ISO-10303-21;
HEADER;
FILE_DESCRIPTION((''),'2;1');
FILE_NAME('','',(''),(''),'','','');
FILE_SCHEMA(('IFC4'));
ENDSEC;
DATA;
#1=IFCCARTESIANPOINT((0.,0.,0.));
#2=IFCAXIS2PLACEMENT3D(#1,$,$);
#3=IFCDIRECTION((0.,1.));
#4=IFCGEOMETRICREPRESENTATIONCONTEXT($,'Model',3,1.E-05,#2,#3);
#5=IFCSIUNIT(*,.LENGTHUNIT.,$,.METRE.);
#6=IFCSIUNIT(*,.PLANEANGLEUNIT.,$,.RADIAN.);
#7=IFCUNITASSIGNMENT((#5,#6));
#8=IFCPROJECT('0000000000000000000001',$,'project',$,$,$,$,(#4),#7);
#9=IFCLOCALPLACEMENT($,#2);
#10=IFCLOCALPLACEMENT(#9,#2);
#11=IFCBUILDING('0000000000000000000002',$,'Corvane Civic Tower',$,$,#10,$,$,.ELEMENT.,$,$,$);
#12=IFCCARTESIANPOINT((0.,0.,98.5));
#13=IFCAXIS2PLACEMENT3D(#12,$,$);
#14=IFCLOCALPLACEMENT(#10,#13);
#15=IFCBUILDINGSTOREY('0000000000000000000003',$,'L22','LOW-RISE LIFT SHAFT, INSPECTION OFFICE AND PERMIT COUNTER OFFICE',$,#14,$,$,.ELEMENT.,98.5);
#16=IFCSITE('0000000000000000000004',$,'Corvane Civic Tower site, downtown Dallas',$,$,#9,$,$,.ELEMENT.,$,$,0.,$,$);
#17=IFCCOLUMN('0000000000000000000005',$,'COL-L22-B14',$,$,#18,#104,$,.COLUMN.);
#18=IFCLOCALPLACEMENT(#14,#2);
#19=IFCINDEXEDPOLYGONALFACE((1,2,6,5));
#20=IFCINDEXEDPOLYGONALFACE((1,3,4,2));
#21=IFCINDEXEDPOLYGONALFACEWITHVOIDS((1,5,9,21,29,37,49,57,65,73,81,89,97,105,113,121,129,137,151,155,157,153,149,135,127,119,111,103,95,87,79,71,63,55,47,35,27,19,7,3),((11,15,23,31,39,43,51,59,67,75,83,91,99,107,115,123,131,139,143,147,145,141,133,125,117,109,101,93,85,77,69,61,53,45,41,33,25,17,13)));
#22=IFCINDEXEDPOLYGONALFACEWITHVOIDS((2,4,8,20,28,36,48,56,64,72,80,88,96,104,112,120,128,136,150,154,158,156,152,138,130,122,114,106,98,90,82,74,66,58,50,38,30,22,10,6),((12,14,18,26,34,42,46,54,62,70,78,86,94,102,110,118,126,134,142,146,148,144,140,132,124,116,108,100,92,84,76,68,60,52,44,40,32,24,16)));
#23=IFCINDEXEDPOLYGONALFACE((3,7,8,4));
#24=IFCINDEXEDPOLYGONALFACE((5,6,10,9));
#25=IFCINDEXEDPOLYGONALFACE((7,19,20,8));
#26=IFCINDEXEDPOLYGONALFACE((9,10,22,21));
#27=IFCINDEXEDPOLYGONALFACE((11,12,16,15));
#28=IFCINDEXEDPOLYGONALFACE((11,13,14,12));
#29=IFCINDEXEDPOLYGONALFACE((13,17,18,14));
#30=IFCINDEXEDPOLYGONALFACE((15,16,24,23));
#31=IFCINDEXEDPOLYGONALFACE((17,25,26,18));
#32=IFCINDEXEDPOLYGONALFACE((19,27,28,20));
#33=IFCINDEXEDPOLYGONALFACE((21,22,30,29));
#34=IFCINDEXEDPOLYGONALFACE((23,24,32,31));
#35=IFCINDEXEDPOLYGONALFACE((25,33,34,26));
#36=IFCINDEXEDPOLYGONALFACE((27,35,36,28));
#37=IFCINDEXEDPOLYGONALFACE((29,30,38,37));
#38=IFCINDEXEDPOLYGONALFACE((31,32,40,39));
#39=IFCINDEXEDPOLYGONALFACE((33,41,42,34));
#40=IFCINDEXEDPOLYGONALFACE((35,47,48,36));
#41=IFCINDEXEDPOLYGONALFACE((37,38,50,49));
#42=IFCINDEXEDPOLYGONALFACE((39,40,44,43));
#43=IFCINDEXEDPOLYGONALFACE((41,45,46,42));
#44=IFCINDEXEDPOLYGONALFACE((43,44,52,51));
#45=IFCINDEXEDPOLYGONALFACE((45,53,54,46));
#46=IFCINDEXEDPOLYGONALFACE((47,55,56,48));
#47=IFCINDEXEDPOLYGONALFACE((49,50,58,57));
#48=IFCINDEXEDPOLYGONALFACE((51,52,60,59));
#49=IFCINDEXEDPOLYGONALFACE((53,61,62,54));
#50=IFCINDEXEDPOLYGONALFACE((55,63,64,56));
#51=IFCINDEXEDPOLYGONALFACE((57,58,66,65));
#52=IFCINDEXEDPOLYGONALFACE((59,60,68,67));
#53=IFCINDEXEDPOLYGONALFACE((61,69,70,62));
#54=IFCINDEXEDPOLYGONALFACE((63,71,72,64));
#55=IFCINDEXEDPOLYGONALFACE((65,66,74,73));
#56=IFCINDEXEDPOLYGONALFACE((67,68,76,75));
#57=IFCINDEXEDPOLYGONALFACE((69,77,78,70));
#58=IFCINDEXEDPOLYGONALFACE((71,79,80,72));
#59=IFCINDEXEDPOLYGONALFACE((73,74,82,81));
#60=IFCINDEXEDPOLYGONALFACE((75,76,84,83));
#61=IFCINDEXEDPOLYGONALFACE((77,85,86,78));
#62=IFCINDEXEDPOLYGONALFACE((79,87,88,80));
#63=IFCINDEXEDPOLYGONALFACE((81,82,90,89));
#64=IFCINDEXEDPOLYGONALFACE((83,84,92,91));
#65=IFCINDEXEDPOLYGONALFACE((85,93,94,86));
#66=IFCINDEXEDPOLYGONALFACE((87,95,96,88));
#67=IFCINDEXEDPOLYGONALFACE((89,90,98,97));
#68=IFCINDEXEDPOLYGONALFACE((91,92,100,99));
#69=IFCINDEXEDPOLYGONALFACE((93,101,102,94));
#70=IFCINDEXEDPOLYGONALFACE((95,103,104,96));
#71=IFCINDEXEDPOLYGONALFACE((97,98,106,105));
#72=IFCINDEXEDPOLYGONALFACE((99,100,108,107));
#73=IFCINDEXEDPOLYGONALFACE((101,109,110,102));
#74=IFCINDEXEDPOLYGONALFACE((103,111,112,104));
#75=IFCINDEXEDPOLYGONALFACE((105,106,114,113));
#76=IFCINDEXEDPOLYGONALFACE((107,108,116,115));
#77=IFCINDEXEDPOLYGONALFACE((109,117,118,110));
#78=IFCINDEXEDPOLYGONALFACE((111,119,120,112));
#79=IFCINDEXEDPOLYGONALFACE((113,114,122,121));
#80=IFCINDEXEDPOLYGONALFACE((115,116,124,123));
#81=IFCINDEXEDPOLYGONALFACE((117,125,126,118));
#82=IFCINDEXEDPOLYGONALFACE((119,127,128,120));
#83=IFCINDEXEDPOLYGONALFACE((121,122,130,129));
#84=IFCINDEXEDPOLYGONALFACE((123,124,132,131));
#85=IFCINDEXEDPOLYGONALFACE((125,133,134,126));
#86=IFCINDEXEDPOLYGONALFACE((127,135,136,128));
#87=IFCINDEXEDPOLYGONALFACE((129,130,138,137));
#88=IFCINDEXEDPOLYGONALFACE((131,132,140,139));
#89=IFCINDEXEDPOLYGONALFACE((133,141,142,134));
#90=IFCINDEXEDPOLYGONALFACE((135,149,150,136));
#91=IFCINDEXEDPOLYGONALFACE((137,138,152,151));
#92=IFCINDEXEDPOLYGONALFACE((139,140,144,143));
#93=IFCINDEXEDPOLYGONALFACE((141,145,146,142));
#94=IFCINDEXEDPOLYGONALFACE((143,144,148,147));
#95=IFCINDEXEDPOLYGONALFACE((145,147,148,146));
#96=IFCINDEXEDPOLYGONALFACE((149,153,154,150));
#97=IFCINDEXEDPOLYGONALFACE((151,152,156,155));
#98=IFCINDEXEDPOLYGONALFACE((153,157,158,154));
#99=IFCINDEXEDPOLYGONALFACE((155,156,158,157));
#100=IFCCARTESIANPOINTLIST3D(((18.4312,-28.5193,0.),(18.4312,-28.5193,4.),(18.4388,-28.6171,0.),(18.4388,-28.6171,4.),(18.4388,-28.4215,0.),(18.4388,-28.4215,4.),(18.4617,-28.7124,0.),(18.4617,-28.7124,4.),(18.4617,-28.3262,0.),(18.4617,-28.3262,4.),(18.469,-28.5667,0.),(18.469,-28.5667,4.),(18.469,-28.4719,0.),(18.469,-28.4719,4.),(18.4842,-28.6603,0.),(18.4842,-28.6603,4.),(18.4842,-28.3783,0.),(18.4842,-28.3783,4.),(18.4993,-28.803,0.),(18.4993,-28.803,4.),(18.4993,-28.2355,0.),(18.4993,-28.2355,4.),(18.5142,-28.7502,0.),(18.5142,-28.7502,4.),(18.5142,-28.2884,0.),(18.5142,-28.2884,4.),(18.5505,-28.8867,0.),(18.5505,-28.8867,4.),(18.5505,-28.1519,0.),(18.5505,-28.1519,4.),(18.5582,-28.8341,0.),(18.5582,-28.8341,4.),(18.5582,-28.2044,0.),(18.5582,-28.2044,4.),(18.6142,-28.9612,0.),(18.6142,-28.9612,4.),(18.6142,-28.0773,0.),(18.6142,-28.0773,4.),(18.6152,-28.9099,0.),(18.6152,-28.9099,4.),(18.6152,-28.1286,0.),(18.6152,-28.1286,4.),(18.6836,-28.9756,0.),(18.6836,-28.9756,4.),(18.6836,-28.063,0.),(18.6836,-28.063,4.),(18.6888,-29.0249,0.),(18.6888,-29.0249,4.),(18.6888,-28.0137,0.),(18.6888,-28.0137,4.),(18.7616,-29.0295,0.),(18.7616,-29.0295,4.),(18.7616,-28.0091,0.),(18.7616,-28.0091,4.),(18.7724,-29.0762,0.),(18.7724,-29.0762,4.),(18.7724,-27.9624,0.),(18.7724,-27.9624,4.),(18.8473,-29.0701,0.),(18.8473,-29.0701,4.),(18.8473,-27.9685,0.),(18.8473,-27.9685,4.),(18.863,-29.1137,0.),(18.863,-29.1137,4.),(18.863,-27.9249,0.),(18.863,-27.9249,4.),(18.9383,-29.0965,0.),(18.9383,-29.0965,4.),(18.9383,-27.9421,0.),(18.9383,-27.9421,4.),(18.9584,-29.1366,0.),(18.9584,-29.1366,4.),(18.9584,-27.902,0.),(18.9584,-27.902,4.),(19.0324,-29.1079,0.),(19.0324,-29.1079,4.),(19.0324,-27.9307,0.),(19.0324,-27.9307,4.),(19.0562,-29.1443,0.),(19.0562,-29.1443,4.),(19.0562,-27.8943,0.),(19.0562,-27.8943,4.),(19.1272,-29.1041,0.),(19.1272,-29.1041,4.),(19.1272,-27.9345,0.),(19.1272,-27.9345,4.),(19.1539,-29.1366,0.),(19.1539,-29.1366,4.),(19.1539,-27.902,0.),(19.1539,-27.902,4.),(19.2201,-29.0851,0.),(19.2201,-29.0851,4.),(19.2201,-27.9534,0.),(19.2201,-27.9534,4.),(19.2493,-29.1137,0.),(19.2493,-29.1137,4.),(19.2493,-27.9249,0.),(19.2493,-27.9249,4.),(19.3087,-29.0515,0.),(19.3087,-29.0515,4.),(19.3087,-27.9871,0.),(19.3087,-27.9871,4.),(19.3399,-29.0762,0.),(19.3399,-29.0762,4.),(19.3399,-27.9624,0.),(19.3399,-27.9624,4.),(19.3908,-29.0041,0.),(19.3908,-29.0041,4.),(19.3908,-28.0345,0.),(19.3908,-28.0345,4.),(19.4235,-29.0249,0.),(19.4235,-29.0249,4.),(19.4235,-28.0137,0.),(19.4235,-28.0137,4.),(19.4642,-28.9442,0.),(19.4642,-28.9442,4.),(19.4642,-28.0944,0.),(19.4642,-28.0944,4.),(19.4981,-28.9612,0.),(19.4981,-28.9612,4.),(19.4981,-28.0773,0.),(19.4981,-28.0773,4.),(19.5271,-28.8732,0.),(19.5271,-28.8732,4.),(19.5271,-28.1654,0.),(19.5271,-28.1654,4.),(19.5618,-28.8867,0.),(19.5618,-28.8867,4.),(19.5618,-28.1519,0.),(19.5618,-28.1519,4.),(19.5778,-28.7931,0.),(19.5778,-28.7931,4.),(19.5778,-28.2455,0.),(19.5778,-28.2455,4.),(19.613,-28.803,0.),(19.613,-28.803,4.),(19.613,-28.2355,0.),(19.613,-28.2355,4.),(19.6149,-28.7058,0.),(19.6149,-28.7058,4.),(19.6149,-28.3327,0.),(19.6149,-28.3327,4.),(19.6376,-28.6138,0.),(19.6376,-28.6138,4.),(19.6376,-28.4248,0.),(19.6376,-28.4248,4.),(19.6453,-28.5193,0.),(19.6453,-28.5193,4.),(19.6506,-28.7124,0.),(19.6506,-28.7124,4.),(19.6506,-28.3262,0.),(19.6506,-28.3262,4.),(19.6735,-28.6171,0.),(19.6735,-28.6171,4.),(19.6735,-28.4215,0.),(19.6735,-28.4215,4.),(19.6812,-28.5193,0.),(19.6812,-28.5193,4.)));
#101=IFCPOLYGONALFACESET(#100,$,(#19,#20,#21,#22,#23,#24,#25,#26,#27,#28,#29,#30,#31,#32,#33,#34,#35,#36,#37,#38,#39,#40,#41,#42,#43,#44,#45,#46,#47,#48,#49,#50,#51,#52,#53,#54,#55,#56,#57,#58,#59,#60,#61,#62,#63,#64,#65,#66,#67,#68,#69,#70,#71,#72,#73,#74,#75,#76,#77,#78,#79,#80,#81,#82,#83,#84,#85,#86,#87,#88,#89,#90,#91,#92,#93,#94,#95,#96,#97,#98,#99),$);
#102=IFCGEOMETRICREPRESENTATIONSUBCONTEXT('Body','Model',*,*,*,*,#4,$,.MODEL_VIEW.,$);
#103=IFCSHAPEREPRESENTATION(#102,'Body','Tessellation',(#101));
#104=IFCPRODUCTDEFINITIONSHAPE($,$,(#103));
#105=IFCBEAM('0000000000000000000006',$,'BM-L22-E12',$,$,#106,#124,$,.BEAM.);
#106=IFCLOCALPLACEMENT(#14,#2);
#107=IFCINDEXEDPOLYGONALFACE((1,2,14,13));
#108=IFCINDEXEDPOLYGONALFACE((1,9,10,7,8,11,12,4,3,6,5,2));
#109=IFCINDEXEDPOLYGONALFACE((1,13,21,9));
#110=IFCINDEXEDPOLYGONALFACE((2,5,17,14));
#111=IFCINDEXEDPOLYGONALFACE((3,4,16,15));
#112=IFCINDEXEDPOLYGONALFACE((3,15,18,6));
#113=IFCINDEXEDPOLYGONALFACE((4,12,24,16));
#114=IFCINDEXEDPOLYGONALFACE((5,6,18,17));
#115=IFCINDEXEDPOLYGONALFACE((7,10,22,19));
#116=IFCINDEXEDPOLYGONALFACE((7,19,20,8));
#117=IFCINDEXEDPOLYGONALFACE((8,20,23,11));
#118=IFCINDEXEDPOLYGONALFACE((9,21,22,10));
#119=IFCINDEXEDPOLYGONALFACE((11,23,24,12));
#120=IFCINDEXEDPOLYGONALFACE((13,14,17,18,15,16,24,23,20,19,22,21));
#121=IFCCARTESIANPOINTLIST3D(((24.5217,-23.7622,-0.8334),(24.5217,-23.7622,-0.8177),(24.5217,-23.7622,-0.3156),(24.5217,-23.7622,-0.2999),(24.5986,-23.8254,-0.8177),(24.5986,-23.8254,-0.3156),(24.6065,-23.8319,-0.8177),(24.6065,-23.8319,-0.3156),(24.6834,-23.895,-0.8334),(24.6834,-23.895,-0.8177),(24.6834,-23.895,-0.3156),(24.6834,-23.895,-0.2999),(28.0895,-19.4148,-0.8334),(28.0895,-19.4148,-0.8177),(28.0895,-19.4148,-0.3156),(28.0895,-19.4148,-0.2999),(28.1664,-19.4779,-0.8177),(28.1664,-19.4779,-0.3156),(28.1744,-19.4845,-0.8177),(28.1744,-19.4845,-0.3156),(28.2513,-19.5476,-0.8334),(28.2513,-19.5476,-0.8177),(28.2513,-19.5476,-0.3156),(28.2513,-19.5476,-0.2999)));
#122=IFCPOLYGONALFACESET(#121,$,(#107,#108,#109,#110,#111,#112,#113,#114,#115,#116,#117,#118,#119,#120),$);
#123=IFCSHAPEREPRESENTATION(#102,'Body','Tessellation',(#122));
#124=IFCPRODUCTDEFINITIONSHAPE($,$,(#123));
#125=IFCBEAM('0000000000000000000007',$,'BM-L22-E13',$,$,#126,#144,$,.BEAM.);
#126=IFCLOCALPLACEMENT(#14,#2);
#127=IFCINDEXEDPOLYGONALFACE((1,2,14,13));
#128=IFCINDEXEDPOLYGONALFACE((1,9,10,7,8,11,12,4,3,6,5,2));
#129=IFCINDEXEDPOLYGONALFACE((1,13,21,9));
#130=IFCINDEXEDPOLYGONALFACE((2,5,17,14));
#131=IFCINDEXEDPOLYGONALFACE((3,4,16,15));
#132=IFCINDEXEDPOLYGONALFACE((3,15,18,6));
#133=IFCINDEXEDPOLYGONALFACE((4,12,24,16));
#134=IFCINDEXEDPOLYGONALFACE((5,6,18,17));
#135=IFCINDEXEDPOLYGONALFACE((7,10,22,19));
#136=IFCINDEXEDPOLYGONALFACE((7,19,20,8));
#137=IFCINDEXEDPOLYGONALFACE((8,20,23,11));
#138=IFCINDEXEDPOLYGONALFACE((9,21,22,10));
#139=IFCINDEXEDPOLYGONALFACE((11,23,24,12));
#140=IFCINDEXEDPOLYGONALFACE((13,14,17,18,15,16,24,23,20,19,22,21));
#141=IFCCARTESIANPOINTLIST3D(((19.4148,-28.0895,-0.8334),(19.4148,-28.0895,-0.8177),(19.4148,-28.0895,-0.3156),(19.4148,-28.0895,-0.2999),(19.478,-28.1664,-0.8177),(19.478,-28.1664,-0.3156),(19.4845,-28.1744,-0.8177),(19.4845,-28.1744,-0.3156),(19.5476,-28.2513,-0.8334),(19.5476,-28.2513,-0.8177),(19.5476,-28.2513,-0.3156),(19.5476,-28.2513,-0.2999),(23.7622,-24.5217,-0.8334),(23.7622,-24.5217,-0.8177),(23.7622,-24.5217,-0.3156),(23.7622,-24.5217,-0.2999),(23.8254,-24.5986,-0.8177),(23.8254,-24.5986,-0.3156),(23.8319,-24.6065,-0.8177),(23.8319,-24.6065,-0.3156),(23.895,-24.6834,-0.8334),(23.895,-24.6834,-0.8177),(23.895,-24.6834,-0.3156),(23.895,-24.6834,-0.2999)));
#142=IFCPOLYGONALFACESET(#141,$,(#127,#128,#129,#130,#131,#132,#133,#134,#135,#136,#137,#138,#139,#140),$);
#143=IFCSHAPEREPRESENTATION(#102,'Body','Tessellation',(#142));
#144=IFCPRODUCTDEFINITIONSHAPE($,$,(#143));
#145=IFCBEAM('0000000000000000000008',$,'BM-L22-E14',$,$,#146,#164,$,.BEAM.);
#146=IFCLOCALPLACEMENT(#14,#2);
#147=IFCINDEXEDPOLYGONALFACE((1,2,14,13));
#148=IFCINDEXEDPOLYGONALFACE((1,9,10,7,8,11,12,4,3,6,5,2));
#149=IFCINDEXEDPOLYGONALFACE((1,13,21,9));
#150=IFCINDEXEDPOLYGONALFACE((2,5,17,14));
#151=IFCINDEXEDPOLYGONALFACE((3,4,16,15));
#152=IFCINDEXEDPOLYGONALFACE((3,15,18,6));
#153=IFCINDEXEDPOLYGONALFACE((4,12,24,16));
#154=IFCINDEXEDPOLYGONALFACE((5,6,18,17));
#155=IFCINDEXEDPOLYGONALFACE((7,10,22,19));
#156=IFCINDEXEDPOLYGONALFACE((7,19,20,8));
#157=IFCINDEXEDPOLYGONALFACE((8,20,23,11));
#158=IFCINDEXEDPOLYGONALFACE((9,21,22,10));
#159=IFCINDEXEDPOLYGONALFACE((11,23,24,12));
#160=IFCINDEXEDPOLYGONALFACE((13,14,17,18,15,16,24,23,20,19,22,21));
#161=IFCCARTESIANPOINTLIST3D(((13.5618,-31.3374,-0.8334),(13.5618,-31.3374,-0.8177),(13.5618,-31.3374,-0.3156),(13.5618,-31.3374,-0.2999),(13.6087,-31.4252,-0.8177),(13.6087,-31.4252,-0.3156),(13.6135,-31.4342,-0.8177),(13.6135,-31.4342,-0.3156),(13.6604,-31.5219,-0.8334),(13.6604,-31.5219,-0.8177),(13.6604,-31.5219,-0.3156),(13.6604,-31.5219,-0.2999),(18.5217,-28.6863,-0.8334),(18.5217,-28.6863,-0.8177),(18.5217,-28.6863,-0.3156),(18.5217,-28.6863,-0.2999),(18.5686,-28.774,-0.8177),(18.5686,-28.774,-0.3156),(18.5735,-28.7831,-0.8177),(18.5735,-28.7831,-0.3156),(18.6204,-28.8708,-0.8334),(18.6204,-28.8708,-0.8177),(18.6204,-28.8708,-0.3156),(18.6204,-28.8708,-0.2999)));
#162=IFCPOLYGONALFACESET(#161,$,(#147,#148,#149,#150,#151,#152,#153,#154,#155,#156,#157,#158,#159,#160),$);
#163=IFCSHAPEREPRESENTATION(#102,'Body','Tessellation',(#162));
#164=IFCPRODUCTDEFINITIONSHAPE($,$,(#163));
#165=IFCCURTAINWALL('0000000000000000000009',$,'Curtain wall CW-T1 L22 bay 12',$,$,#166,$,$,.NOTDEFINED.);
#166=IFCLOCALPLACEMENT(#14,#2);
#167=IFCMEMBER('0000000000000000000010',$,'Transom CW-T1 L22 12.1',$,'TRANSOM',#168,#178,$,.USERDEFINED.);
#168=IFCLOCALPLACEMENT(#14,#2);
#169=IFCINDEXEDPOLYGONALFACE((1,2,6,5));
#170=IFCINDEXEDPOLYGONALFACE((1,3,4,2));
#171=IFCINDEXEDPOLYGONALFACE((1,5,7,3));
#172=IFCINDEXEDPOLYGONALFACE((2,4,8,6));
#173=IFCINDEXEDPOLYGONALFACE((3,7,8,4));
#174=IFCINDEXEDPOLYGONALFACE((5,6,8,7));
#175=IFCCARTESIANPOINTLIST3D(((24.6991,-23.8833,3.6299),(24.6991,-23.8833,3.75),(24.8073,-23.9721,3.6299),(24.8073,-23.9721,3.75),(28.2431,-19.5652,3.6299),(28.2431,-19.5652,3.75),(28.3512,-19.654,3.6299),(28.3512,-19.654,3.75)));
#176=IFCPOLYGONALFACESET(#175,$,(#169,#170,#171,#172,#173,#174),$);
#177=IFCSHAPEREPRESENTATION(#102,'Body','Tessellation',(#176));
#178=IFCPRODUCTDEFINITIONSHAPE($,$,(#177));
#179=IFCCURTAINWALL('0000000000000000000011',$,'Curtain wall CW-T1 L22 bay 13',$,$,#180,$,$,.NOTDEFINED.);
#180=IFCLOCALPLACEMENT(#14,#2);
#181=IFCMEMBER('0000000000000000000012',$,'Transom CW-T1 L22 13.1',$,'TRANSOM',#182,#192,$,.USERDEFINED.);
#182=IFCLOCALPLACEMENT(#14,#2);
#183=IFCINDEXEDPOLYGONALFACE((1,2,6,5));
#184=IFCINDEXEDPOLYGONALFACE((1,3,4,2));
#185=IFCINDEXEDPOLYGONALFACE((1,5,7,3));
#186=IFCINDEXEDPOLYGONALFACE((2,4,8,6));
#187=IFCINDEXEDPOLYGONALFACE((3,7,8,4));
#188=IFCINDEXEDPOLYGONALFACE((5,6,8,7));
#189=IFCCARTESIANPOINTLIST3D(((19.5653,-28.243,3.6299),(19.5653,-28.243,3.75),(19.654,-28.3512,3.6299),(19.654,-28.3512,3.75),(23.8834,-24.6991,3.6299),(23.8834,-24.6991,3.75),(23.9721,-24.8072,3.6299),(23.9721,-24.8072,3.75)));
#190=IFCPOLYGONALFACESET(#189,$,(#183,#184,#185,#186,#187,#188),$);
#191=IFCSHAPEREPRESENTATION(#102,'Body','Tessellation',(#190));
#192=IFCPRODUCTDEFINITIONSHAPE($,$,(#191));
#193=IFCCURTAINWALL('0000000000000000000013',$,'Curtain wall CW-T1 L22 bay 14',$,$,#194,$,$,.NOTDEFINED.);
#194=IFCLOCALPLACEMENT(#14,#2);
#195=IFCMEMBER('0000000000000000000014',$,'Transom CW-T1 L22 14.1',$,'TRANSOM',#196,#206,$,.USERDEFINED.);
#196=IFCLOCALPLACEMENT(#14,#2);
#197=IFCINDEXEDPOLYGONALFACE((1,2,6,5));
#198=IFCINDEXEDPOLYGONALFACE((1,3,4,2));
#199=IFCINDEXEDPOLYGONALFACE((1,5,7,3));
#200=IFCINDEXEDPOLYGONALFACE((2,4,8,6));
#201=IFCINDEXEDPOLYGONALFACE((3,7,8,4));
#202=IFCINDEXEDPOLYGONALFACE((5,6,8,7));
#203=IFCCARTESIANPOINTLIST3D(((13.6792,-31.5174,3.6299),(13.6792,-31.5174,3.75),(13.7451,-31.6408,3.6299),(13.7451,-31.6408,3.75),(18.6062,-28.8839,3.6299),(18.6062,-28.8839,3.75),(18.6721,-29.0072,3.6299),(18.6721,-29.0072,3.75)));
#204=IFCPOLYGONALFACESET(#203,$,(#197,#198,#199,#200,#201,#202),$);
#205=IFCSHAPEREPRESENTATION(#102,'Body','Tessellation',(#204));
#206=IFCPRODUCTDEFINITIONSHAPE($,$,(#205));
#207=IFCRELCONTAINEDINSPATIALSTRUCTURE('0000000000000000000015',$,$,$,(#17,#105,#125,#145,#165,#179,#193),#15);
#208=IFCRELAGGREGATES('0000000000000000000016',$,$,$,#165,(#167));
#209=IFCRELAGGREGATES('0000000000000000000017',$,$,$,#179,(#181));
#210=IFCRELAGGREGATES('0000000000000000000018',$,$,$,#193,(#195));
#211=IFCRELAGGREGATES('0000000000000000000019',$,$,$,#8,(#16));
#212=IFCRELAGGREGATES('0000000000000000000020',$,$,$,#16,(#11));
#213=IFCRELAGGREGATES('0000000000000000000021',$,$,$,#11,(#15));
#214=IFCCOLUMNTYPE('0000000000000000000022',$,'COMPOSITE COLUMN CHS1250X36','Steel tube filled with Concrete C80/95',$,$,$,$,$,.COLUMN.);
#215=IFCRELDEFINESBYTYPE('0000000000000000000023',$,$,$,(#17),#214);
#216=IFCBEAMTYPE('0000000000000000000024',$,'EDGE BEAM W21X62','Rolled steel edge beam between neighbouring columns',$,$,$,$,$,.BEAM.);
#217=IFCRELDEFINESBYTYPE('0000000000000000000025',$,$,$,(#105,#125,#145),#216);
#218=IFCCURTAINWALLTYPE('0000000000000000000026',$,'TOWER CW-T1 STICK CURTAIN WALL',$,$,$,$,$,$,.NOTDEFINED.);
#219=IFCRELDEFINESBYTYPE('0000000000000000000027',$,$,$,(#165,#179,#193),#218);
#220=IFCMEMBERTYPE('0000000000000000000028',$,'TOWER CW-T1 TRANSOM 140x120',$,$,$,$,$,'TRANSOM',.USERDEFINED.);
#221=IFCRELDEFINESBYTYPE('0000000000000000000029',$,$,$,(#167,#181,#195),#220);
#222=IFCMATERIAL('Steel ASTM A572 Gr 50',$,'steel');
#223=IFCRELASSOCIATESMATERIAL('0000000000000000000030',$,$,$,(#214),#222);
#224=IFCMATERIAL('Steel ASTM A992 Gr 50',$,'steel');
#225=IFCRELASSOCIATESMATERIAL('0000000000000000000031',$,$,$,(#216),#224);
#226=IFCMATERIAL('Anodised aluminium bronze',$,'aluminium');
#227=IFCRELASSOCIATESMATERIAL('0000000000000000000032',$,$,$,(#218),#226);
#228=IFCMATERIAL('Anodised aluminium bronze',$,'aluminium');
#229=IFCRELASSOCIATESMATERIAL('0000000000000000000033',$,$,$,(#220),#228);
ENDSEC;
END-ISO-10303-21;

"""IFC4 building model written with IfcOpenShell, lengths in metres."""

from ifc_helpers import new_model, si_unit, direction, frame, origin, origin_2d, place, context, subcontext, project, spatial, rectangle, hollow_circle, i_section, extrude, material, material_profile, profile_set, type_object, element, aggregate, save


model = new_model("IFC4")

# Units and contexts
model_context = context("Model", 3, precision=1e-05, world=origin(), true_north=direction((0.0, 1.0)))
body_context = subcontext(model_context, "Body", "Model", "MODEL_VIEW")
ifc_project = project(units=[si_unit("LENGTHUNIT", "METRE"), si_unit("PLANEANGLEUNIT", "RADIAN")], contexts=[model_context])

# Site, building, storey
site_placement = place(None, origin())
site = spatial("IfcSite", under=ifc_project, at=site_placement, Name="Corvane Civic Tower site, downtown Dallas", CompositionType="ELEMENT", RefElevation=0.0)
building_placement = place(site_placement, origin())
building = spatial("IfcBuilding", under=site, at=building_placement, Name="Corvane Civic Tower", CompositionType="ELEMENT")
storey_placement = place(building_placement, frame((0.0, 0.0, 98.5)))
storey = spatial("IfcBuildingStorey", under=building, at=storey_placement, Name="L22", Description="LOW-RISE LIFT SHAFT, INSPECTION OFFICE AND PERMIT COUNTER OFFICE", CompositionType="ELEMENT", Elevation=98.5)

# Column
ifc_material_1 = material(Name="Steel ASTM A572 Gr 50", Category="steel")
ifc_material_profile_1 = material_profile(ifc_material_1, hollow_circle(Radius=0.625, WallThickness=0.0359, at=origin_2d()), Name="CHS1250X36")
ifc_profile_set_1 = profile_set([ifc_material_profile_1], Name="Steel ASTM A572 Gr 50")
column_type = type_object("IfcColumnType", Name="COMPOSITE COLUMN CHS1250X36", Description="Steel tube filled with Concrete C80/95", PredefinedType="COLUMN", material=ifc_profile_set_1)
for number, where, z_axis, x_axis, name in (
    (1, (19.0562, -28.5193, 0.0), (0.0, 0.0, 1.0), (1.0, 0.0, 0.0), "COL-L22-B14"),
):
    element("IfcColumn", number, at=place(storey_placement, frame(where, z_axis=z_axis, x_axis=x_axis)), inside=storey, type_object=column_type, Name=name, PredefinedType="COLUMN", context=body_context, shape_type="SweptSolid", body=[
        extrude(hollow_circle(Radius=0.625, WallThickness=0.0359, at=origin_2d()), origin(), (0.0, 0.0, 1.0), 4.0),
    ])

# Beams
ifc_material_2 = material(Name="Steel ASTM A992 Gr 50", Category="steel")
ifc_material_profile_2 = material_profile(ifc_material_2, i_section(OverallWidth=0.2092, OverallDepth=0.5334, WebThickness=0.0103, FlangeThickness=0.0156, at=origin_2d()), Name="W21X62")
ifc_profile_set_2 = profile_set([ifc_material_profile_2], Name="Steel ASTM A992 Gr 50")
beam_type = type_object("IfcBeamType", Name="EDGE BEAM W21X62", Description="Rolled steel edge beam between neighbouring columns", PredefinedType="BEAM", material=ifc_profile_set_2)
for number, where, z_axis, x_axis, name in (
    (2, (28.1704, -19.4812, -0.5667), (-0.634398, -0.773007, 0.0), (0.773007, -0.634398, 0.0), "BM-L22-E12"),
    (3, (23.8286, -24.6025, -0.5667), (-0.773007, -0.634398, 0.0), (0.634398, -0.773007, 0.0), "BM-L22-E13"),
    (4, (18.571, -28.7786, -0.5667), (-0.881924, -0.471392, 0.0), (0.471392, -0.881924, 0.0), "BM-L22-E14"),
):
    element("IfcBeam", number, at=place(storey_placement, frame(where, z_axis=z_axis, x_axis=x_axis)), inside=storey, type_object=beam_type, Name=name, PredefinedType="BEAM", context=body_context, shape_type="SweptSolid", body=[
        extrude(i_section(OverallWidth=0.2092, OverallDepth=0.5334, WebThickness=0.0103, FlangeThickness=0.0156, at=origin_2d()), origin(), (0.0, 0.0, 1.0), 5.624),
    ])

# Curtain walls, members
ifc_material_3 = material(Name="Anodised aluminium bronze", Category="aluminium")
curtain_wall_type = type_object("IfcCurtainWallType", Name="TOWER CW-T1 STICK CURTAIN WALL", PredefinedType="NOTDEFINED", material=ifc_material_3)
curtain_wall_1_placement = place(storey_placement, origin())
curtain_wall_1 = element("IfcCurtainWall", 5, at=curtain_wall_1_placement, inside=storey, type_object=curtain_wall_type, Name="Curtain wall CW-T1 L22 bay 12", PredefinedType="NOTDEFINED")
ifc_material_4 = material(Name="Anodised aluminium bronze", Category="aluminium")
ifc_material_profile_3 = material_profile(ifc_material_4, rectangle(XDim=0.1399, YDim=0.1201, at=origin_2d()), Name="TOWER CW-T1 TRANSOM 140x120")
ifc_profile_set_3 = profile_set([ifc_material_profile_3], Name="Anodised aluminium bronze")
member_type = type_object("IfcMemberType", Name="TOWER CW-T1 TRANSOM 140x120", ElementType="TRANSOM", PredefinedType="USERDEFINED", material=ifc_profile_set_3)
member_1_placement = place(storey_placement, frame((28.2971, -19.6096, 3.6899), z_axis=(-0.63441, -0.772996, 0.0), x_axis=(0.772996, -0.63441, 0.0)))
member_1 = element("IfcMember", 6, at=member_1_placement, type_object=member_type, Name="Transom CW-T1 L22 12.1", ObjectType="TRANSOM", PredefinedType="USERDEFINED", context=body_context, shape_type="SweptSolid", body=[
    extrude(rectangle(XDim=0.1399, YDim=0.1201, at=origin_2d()), origin(), (0.0, 0.0, 1.0), 5.5862),
])
curtain_wall_2_placement = place(storey_placement, origin())
curtain_wall_2 = element("IfcCurtainWall", 7, at=curtain_wall_2_placement, inside=storey, type_object=curtain_wall_type, Name="Curtain wall CW-T1 L22 bay 13", PredefinedType="NOTDEFINED")
member_2_placement = place(storey_placement, frame((23.9277, -24.7532, 3.6899), z_axis=(-0.772996, -0.63441, 0.0), x_axis=(0.63441, -0.772996, 0.0)))
member_2 = element("IfcMember", 8, at=member_2_placement, type_object=member_type, Name="Transom CW-T1 L22 13.1", ObjectType="TRANSOM", PredefinedType="USERDEFINED", context=body_context, shape_type="SweptSolid", body=[
    extrude(rectangle(XDim=0.1399, YDim=0.1201, at=origin_2d()), origin(), (0.0, 0.0, 1.0), 5.5862),
])
curtain_wall_3_placement = place(storey_placement, origin())
curtain_wall_3 = element("IfcCurtainWall", 9, at=curtain_wall_3_placement, inside=storey, type_object=curtain_wall_type, Name="Curtain wall CW-T1 L22 bay 14", PredefinedType="NOTDEFINED")
member_3_placement = place(storey_placement, frame((18.6392, -28.9456, 3.6899), z_axis=(-0.881921, -0.471398, 0.0), x_axis=(0.471398, -0.881921, 0.0)))
member_3 = element("IfcMember", 10, at=member_3_placement, type_object=member_type, Name="Transom CW-T1 L22 14.1", ObjectType="TRANSOM", PredefinedType="USERDEFINED", context=body_context, shape_type="SweptSolid", body=[
    extrude(rectangle(XDim=0.1399, YDim=0.1201, at=origin_2d()), origin(), (0.0, 0.0, 1.0), 5.5867),
])

aggregate(curtain_wall_1, [member_1])
aggregate(curtain_wall_2, [member_2])
aggregate(curtain_wall_3, [member_3])

save(model, "model.ifc")
